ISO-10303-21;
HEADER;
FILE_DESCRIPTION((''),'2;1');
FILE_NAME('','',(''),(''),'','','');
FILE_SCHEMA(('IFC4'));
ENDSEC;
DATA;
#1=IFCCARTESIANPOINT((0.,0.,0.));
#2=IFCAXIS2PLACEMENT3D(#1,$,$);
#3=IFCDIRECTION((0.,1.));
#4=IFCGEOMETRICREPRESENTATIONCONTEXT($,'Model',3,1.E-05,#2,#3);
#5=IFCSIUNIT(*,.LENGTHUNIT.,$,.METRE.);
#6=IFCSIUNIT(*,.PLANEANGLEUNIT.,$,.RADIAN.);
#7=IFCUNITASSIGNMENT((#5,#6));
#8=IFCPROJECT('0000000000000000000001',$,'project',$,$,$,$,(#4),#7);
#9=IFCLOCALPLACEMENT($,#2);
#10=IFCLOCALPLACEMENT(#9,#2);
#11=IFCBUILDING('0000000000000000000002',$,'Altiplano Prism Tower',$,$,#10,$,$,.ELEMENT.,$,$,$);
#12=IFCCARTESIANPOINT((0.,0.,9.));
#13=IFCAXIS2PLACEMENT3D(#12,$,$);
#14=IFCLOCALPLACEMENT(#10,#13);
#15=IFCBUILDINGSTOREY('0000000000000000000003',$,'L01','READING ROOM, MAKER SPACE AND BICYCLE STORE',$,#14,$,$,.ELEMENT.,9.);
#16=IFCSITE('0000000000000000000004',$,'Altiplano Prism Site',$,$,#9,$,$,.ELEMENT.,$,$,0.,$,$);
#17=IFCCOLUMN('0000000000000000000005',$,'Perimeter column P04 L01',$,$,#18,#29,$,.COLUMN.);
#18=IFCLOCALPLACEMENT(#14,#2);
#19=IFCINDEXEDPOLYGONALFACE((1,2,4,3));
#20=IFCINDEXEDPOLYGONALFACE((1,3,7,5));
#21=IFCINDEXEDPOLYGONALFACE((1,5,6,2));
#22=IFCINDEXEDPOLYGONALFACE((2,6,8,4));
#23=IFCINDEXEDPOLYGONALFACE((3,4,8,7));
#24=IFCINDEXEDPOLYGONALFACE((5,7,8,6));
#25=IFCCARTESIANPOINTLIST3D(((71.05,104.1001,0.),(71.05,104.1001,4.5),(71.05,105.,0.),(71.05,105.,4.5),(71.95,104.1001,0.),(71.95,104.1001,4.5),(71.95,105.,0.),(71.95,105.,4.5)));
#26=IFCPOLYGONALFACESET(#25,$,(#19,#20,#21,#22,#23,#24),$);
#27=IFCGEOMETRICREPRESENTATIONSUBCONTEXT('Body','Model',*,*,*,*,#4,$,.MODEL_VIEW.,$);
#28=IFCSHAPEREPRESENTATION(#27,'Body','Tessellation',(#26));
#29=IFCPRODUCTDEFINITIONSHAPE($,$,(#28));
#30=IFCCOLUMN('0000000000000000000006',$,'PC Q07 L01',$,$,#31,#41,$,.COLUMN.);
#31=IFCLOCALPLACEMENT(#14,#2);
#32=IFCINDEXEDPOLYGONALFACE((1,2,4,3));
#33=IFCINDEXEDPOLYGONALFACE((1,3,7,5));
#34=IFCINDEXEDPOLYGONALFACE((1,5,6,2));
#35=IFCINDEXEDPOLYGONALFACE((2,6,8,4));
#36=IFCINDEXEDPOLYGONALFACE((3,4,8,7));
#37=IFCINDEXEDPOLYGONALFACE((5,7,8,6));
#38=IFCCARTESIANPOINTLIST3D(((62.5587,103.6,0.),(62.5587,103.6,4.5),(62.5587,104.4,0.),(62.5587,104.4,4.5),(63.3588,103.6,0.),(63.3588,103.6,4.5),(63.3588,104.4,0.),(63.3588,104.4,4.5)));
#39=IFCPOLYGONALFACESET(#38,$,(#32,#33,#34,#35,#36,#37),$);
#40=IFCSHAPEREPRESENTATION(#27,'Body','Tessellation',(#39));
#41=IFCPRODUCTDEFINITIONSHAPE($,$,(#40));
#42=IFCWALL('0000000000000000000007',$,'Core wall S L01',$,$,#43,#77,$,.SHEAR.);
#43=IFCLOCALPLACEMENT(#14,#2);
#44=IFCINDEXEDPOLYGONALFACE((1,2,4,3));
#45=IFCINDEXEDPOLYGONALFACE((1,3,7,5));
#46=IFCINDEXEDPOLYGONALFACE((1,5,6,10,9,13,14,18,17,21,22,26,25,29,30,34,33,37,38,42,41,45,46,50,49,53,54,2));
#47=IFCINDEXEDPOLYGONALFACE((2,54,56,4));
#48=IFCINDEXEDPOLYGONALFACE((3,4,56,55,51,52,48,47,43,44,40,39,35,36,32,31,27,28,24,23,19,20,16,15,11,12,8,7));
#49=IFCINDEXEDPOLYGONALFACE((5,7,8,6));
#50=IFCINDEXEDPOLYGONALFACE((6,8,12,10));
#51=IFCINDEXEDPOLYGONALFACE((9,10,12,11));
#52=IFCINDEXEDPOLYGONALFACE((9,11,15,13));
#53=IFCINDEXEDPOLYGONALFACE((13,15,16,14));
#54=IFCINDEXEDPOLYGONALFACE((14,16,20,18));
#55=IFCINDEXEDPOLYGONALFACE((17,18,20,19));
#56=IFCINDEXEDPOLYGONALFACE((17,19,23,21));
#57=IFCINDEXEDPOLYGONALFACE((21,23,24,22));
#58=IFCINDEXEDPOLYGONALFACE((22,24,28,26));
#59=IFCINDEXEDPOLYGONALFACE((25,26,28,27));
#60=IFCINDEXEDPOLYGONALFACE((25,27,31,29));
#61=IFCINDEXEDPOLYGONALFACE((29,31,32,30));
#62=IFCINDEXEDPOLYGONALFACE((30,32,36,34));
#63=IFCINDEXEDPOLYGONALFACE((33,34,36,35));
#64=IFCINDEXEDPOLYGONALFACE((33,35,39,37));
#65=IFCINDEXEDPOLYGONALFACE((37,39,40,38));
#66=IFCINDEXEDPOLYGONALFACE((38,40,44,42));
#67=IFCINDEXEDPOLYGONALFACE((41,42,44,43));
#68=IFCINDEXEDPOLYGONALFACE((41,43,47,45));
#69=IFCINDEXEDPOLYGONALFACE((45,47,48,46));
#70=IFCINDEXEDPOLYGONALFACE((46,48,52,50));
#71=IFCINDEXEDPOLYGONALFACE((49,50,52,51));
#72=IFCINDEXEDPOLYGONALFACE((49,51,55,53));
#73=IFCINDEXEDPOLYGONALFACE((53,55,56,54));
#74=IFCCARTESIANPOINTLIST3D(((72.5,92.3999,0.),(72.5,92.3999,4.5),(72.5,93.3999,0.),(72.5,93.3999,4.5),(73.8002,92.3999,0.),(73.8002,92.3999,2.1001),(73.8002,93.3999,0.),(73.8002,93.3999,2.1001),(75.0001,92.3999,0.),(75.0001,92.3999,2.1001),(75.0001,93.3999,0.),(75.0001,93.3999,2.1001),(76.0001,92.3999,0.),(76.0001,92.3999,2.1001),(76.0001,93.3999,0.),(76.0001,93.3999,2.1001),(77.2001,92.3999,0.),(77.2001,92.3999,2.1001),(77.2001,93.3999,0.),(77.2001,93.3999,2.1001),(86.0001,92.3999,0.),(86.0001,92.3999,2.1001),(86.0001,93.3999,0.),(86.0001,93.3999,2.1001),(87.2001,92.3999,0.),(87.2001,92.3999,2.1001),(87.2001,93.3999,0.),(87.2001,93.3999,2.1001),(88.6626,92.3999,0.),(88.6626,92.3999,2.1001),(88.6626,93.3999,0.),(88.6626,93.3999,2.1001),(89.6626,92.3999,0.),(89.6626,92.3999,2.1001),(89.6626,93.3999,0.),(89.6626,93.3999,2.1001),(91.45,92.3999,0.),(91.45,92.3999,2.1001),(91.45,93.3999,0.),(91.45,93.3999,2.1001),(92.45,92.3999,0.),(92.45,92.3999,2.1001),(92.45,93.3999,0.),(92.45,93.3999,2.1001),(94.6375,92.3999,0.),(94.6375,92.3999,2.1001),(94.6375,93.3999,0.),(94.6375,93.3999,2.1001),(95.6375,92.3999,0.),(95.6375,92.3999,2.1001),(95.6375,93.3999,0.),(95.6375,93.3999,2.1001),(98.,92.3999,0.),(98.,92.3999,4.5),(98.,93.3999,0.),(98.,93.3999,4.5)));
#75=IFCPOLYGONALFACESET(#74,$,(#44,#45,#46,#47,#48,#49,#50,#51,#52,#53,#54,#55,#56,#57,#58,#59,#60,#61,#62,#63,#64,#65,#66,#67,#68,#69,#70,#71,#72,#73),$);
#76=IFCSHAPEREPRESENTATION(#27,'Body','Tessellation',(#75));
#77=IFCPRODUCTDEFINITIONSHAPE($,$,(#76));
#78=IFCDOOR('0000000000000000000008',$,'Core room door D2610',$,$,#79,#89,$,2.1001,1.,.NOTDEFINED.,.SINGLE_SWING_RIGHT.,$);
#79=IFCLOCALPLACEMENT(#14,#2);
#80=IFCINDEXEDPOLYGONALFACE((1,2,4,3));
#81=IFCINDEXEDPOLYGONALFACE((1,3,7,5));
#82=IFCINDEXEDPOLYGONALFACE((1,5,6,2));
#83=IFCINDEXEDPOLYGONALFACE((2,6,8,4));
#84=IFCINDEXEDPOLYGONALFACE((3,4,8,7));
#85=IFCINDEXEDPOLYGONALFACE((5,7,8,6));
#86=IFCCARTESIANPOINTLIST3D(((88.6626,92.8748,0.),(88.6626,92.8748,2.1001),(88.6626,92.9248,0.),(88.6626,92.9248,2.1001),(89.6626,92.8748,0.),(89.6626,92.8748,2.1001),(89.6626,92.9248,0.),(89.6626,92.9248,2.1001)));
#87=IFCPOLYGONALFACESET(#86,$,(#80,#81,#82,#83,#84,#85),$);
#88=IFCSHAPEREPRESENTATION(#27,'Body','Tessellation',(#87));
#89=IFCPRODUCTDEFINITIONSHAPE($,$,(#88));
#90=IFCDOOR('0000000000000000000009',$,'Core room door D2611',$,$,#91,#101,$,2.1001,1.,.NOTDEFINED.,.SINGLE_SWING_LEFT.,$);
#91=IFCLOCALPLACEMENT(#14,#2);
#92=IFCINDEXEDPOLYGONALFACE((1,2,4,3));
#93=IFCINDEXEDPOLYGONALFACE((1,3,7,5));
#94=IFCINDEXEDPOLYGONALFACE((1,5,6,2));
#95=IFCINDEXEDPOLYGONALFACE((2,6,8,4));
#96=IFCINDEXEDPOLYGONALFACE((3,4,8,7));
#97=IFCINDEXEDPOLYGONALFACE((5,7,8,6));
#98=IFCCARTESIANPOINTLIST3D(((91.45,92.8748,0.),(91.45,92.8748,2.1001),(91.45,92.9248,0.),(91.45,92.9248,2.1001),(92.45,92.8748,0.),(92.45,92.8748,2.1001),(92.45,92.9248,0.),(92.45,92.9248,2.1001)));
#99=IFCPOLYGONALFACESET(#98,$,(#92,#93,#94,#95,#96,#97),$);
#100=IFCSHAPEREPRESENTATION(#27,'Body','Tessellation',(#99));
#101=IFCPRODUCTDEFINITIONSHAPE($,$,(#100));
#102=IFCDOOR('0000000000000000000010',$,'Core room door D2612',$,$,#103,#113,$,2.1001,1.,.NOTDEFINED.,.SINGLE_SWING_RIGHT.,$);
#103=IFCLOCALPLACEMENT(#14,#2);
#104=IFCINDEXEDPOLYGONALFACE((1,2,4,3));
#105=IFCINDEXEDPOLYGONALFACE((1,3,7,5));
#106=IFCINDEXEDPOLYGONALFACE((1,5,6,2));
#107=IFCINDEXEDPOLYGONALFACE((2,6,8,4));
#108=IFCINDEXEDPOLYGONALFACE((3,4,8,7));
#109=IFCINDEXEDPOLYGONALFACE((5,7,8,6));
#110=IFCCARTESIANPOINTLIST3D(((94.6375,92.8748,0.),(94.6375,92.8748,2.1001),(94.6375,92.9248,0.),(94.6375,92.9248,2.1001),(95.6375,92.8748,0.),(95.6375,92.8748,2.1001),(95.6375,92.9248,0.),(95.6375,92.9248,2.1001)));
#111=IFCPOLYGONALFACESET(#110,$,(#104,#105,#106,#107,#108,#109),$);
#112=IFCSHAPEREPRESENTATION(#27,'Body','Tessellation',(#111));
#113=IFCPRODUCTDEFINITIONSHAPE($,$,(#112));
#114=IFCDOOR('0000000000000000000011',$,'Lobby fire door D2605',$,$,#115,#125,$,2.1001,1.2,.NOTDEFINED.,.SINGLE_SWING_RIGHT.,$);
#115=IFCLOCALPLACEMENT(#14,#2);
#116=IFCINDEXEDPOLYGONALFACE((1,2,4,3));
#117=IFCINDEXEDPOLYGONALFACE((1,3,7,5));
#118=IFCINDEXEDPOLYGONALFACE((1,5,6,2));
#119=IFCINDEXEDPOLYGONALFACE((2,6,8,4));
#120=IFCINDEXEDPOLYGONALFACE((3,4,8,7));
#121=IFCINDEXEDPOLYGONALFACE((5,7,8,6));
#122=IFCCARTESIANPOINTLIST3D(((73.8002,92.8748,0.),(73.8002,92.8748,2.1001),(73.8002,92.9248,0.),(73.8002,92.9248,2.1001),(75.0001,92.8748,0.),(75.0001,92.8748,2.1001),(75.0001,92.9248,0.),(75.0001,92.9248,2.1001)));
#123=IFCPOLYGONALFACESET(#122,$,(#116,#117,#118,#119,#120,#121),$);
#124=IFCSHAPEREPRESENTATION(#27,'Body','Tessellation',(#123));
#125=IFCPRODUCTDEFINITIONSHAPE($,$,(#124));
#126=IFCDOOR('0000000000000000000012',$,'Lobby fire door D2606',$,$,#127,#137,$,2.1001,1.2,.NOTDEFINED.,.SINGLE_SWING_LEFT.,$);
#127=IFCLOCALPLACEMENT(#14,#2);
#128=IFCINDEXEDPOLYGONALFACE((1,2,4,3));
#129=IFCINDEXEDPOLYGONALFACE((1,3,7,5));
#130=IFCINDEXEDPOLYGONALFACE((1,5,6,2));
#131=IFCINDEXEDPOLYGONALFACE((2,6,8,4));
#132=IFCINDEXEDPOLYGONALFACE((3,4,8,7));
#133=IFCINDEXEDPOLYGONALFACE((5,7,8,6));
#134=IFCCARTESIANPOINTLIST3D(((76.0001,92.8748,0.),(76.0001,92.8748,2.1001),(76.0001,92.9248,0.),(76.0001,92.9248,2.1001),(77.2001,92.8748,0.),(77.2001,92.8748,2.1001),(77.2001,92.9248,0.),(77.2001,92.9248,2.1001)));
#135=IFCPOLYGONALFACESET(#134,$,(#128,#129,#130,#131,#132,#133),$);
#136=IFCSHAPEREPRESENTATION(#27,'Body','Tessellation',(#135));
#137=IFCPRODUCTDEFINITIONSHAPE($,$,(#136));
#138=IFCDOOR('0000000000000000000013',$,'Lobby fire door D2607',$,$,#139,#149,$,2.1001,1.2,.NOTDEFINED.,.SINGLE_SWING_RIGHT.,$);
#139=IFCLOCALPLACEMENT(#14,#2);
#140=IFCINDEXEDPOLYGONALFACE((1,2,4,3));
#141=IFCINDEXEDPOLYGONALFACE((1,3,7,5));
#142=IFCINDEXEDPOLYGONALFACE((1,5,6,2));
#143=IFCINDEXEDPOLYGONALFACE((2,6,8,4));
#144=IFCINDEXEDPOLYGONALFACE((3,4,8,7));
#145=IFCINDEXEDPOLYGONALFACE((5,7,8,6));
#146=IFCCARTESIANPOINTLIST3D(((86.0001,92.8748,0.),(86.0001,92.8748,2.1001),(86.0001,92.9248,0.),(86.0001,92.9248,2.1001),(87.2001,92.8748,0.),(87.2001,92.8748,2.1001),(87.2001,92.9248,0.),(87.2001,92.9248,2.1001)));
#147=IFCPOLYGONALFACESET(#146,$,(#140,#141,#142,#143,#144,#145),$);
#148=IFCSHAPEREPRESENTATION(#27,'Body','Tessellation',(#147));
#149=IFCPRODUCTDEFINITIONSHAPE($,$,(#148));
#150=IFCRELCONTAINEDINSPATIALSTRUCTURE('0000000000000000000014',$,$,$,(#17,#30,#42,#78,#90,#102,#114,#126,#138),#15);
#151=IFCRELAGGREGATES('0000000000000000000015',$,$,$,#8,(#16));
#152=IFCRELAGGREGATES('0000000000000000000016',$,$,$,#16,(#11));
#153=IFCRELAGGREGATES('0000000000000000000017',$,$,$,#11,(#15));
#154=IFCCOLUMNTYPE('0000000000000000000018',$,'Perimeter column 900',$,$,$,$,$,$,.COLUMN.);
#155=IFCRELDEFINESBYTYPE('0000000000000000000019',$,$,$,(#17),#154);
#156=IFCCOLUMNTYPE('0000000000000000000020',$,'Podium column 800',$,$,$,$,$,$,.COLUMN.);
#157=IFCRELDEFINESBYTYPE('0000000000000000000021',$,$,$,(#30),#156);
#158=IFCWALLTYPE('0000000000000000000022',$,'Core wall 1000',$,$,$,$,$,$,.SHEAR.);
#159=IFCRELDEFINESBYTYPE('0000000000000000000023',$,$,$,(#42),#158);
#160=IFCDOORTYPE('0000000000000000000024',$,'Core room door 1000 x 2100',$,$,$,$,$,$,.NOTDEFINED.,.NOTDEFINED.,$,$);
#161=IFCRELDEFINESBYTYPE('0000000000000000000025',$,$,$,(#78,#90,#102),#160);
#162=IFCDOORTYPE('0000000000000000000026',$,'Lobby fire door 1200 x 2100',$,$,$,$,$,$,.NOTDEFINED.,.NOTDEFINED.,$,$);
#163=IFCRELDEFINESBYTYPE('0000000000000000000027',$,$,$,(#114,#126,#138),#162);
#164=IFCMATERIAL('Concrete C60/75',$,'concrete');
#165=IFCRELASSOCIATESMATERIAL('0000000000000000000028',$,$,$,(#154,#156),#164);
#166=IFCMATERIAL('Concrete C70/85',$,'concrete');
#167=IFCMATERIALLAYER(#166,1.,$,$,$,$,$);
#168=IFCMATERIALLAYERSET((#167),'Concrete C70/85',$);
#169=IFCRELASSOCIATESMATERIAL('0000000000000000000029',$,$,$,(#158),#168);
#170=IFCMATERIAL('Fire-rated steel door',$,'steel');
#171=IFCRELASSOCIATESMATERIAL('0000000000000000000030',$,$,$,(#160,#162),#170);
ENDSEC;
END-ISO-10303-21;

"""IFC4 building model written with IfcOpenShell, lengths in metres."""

from ifc_helpers import new_model, si_unit, direction, frame, frame_2d, origin, origin_2d, place, context, subcontext, project, spatial, rectangle, extrude, material, layer, layer_set, material_profile, profile_set, type_object, element, fill, save


model = new_model("IFC4")

# Units and contexts
model_context = context("Model", 3, precision=1e-05, world=origin(), true_north=direction((0.0, 1.0)))
body_context = subcontext(model_context, "Body", "Model", "MODEL_VIEW")
ifc_project = project(units=[si_unit("LENGTHUNIT", "METRE"), si_unit("PLANEANGLEUNIT", "RADIAN")], contexts=[model_context])

# Site, building, storey
site_placement = place(None, origin())
site = spatial("IfcSite", under=ifc_project, at=site_placement, Name="Altiplano Prism Site", CompositionType="ELEMENT", RefElevation=0.0)
building_placement = place(site_placement, origin())
building = spatial("IfcBuilding", under=site, at=building_placement, Name="Altiplano Prism Tower", CompositionType="ELEMENT")
storey_placement = place(building_placement, frame((0.0, 0.0, 9.0)))
storey = spatial("IfcBuildingStorey", under=building, at=storey_placement, Name="L01", Description="READING ROOM, MAKER SPACE AND BICYCLE STORE", CompositionType="ELEMENT", Elevation=9.0)

# Columns
ifc_material_1 = material(Name="Concrete C60/75", Category="concrete")
ifc_material_profile_1 = material_profile(ifc_material_1, rectangle(XDim=0.8999, YDim=0.8999, at=origin_2d()), Name="Perimeter column 900")
ifc_profile_set_1 = profile_set([ifc_material_profile_1], Name="Concrete C60/75")
column_type_1 = type_object("IfcColumnType", Name="Perimeter column 900", PredefinedType="COLUMN", material=ifc_profile_set_1)
column_1_placement = place(storey_placement, frame((71.5, 104.55, 0.0), z_axis=(0.0, 0.0, 1.0), x_axis=(1.0, 0.0, 0.0)))
element("IfcColumn", 1, at=column_1_placement, inside=storey, type_object=column_type_1, Name="Perimeter column P04 L01", PredefinedType="COLUMN", context=body_context, shape_type="SweptSolid", body=[
    extrude(rectangle(XDim=0.8999, YDim=0.8999, at=origin_2d()), origin(), (0.0, 0.0, 1.0), 4.5),
])
ifc_material_profile_2 = material_profile(ifc_material_1, rectangle(XDim=0.8, YDim=0.8, at=origin_2d()), Name="Podium column 800")
ifc_profile_set_2 = profile_set([ifc_material_profile_2], Name="Concrete C60/75")
column_type_2 = type_object("IfcColumnType", Name="Podium column 800", PredefinedType="COLUMN", material=ifc_profile_set_2)
column_2_placement = place(storey_placement, frame((62.9587, 104.0, 0.0), z_axis=(0.0, 0.0, 1.0), x_axis=(1.0, 0.0, 0.0)))
element("IfcColumn", 2, at=column_2_placement, inside=storey, type_object=column_type_2, Name="PC Q07 L01", PredefinedType="COLUMN", context=body_context, shape_type="SweptSolid", body=[
    extrude(rectangle(XDim=0.8, YDim=0.8, at=origin_2d()), origin(), (0.0, 0.0, 1.0), 4.5),
])

# Wall, openings, doors
ifc_material_2 = material(Name="Concrete C70/85", Category="concrete")
ifc_layer_1 = layer(ifc_material_2, 1.0)
ifc_layer_set_1 = layer_set([ifc_layer_1], Name="Concrete C70/85")
wall_type_1 = type_object("IfcWallType", Name="Core wall 1000", PredefinedType="SHEAR", material=ifc_layer_set_1)
wall_1_placement = place(storey_placement, frame((72.5, 92.8999, 0.0), z_axis=(0.0, 0.0, 1.0), x_axis=(1.0, 0.0, 0.0)))
wall_1 = element("IfcWall", 3, at=wall_1_placement, inside=storey, type_object=wall_type_1, Name="Core wall S L01", PredefinedType="SHEAR", context=body_context, shape_type="SweptSolid", body=[
    extrude(rectangle(XDim=25.5, YDim=1.0, at=frame_2d((12.75, 0.0))), origin(), (0.0, 0.0, 1.0), 4.5),
])
opening_1_placement = place(wall_1_placement, frame((1.3, 0.0, 0.0)))
opening_1 = element("IfcOpeningElement", 4, at=opening_1_placement, cuts=wall_1, PredefinedType="OPENING", context=body_context, shape_type="SweptSolid", body=[
    extrude(rectangle(XDim=1.2, YDim=2.1001, at=frame_2d((0.6001, 1.05))), frame((0.0, 0.5105, 0.0), z_axis=(0.0, -1.0, 0.0), x_axis=(1.0, 0.0, 0.0)), (0.0, 0.0, 1.0), 1.021),
])
opening_2_placement = place(wall_1_placement, frame((3.5, 0.0, 0.0)))
opening_2 = element("IfcOpeningElement", 5, at=opening_2_placement, cuts=wall_1, PredefinedType="OPENING", context=body_context, shape_type="SweptSolid", body=[
    extrude(rectangle(XDim=1.2, YDim=2.1001, at=frame_2d((0.6001, 1.05))), frame((0.0, 0.5105, 0.0), z_axis=(0.0, -1.0, 0.0), x_axis=(1.0, 0.0, 0.0)), (0.0, 0.0, 1.0), 1.021),
])
opening_3_placement = place(wall_1_placement, frame((13.5, 0.0, 0.0)))
opening_3 = element("IfcOpeningElement", 6, at=opening_3_placement, cuts=wall_1, PredefinedType="OPENING", context=body_context, shape_type="SweptSolid", body=[
    extrude(rectangle(XDim=1.2, YDim=2.1001, at=frame_2d((0.6001, 1.05))), frame((0.0, 0.5105, 0.0), z_axis=(0.0, -1.0, 0.0), x_axis=(1.0, 0.0, 0.0)), (0.0, 0.0, 1.0), 1.021),
])
opening_4_placement = place(wall_1_placement, frame((16.1626, 0.0, 0.0)))
opening_4 = element("IfcOpeningElement", 7, at=opening_4_placement, cuts=wall_1, PredefinedType="OPENING", context=body_context, shape_type="SweptSolid", body=[
    extrude(rectangle(XDim=1.0, YDim=2.1001, at=frame_2d((0.5, 1.05))), frame((0.0, 0.5105, 0.0), z_axis=(0.0, -1.0, 0.0), x_axis=(1.0, 0.0, 0.0)), (0.0, 0.0, 1.0), 1.021),
])
opening_5_placement = place(wall_1_placement, frame((18.95, 0.0, 0.0)))
opening_5 = element("IfcOpeningElement", 8, at=opening_5_placement, cuts=wall_1, PredefinedType="OPENING", context=body_context, shape_type="SweptSolid", body=[
    extrude(rectangle(XDim=1.0, YDim=2.1001, at=frame_2d((0.5, 1.05))), frame((0.0, 0.5105, 0.0), z_axis=(0.0, -1.0, 0.0), x_axis=(1.0, 0.0, 0.0)), (0.0, 0.0, 1.0), 1.021),
])
opening_6_placement = place(wall_1_placement, frame((22.1375, 0.0, 0.0)))
opening_6 = element("IfcOpeningElement", 9, at=opening_6_placement, cuts=wall_1, PredefinedType="OPENING", context=body_context, shape_type="SweptSolid", body=[
    extrude(rectangle(XDim=1.0, YDim=2.1001, at=frame_2d((0.5, 1.05))), frame((0.0, 0.5105, 0.0), z_axis=(0.0, -1.0, 0.0), x_axis=(1.0, 0.0, 0.0)), (0.0, 0.0, 1.0), 1.021),
])
ifc_material_3 = material(Name="Fire-rated steel door", Category="steel")
door_type_1 = type_object("IfcDoorType", Name="Core room door 1000 x 2100", OperationType="NOTDEFINED", PredefinedType="NOTDEFINED", material=ifc_material_3)
door_1_placement = place(opening_4_placement, origin())
door_1 = element("IfcDoor", 10, at=door_1_placement, inside=storey, type_object=door_type_1, Name="Core room door D2610", OperationType="SINGLE_SWING_RIGHT", OverallHeight=2.1001, OverallWidth=1.0, PredefinedType="NOTDEFINED", context=body_context, shape_type="SweptSolid", body=[
    extrude(rectangle(XDim=1.0, YDim=2.1001, at=frame_2d((0.5, 1.05))), frame((0.0, 0.0249, 0.0), z_axis=(0.0, -1.0, 0.0), x_axis=(1.0, 0.0, 0.0)), (0.0, 0.0, 1.0), 0.05),
])
fill(opening_4, door_1)
door_2_placement = place(opening_5_placement, origin())
door_2 = element("IfcDoor", 11, at=door_2_placement, inside=storey, type_object=door_type_1, Name="Core room door D2611", OperationType="SINGLE_SWING_LEFT", OverallHeight=2.1001, OverallWidth=1.0, PredefinedType="NOTDEFINED", context=body_context, shape_type="SweptSolid", body=[
    extrude(rectangle(XDim=1.0, YDim=2.1001, at=frame_2d((0.5, 1.05))), frame((0.0, 0.0249, 0.0), z_axis=(0.0, -1.0, 0.0), x_axis=(1.0, 0.0, 0.0)), (0.0, 0.0, 1.0), 0.05),
])
fill(opening_5, door_2)
door_3_placement = place(opening_6_placement, origin())
door_3 = element("IfcDoor", 12, at=door_3_placement, inside=storey, type_object=door_type_1, Name="Core room door D2612", OperationType="SINGLE_SWING_RIGHT", OverallHeight=2.1001, OverallWidth=1.0, PredefinedType="NOTDEFINED", context=body_context, shape_type="SweptSolid", body=[
    extrude(rectangle(XDim=1.0, YDim=2.1001, at=frame_2d((0.5, 1.05))), frame((0.0, 0.0249, 0.0), z_axis=(0.0, -1.0, 0.0), x_axis=(1.0, 0.0, 0.0)), (0.0, 0.0, 1.0), 0.05),
])
fill(opening_6, door_3)
door_type_2 = type_object("IfcDoorType", Name="Lobby fire door 1200 x 2100", OperationType="NOTDEFINED", PredefinedType="NOTDEFINED", material=ifc_material_3)
door_4_placement = place(opening_1_placement, origin())
door_4 = element("IfcDoor", 13, at=door_4_placement, inside=storey, type_object=door_type_2, Name="Lobby fire door D2605", OperationType="SINGLE_SWING_RIGHT", OverallHeight=2.1001, OverallWidth=1.2, PredefinedType="NOTDEFINED", context=body_context, shape_type="SweptSolid", body=[
    extrude(rectangle(XDim=1.2, YDim=2.1001, at=frame_2d((0.6001, 1.05))), frame((0.0, 0.0249, 0.0), z_axis=(0.0, -1.0, 0.0), x_axis=(1.0, 0.0, 0.0)), (0.0, 0.0, 1.0), 0.05),
])
fill(opening_1, door_4)
door_5_placement = place(opening_2_placement, origin())
door_5 = element("IfcDoor", 14, at=door_5_placement, inside=storey, type_object=door_type_2, Name="Lobby fire door D2606", OperationType="SINGLE_SWING_LEFT", OverallHeight=2.1001, OverallWidth=1.2, PredefinedType="NOTDEFINED", context=body_context, shape_type="SweptSolid", body=[
    extrude(rectangle(XDim=1.2, YDim=2.1001, at=frame_2d((0.6001, 1.05))), frame((0.0, 0.0249, 0.0), z_axis=(0.0, -1.0, 0.0), x_axis=(1.0, 0.0, 0.0)), (0.0, 0.0, 1.0), 0.05),
])
fill(opening_2, door_5)
door_6_placement = place(opening_3_placement, origin())
door_6 = element("IfcDoor", 15, at=door_6_placement, inside=storey, type_object=door_type_2, Name="Lobby fire door D2607", OperationType="SINGLE_SWING_RIGHT", OverallHeight=2.1001, OverallWidth=1.2, PredefinedType="NOTDEFINED", context=body_context, shape_type="SweptSolid", body=[
    extrude(rectangle(XDim=1.2, YDim=2.1001, at=frame_2d((0.6001, 1.05))), frame((0.0, 0.0249, 0.0), z_axis=(0.0, -1.0, 0.0), x_axis=(1.0, 0.0, 0.0)), (0.0, 0.0, 1.0), 0.05),
])
fill(opening_3, door_6)

save(model, "model.ifc")
